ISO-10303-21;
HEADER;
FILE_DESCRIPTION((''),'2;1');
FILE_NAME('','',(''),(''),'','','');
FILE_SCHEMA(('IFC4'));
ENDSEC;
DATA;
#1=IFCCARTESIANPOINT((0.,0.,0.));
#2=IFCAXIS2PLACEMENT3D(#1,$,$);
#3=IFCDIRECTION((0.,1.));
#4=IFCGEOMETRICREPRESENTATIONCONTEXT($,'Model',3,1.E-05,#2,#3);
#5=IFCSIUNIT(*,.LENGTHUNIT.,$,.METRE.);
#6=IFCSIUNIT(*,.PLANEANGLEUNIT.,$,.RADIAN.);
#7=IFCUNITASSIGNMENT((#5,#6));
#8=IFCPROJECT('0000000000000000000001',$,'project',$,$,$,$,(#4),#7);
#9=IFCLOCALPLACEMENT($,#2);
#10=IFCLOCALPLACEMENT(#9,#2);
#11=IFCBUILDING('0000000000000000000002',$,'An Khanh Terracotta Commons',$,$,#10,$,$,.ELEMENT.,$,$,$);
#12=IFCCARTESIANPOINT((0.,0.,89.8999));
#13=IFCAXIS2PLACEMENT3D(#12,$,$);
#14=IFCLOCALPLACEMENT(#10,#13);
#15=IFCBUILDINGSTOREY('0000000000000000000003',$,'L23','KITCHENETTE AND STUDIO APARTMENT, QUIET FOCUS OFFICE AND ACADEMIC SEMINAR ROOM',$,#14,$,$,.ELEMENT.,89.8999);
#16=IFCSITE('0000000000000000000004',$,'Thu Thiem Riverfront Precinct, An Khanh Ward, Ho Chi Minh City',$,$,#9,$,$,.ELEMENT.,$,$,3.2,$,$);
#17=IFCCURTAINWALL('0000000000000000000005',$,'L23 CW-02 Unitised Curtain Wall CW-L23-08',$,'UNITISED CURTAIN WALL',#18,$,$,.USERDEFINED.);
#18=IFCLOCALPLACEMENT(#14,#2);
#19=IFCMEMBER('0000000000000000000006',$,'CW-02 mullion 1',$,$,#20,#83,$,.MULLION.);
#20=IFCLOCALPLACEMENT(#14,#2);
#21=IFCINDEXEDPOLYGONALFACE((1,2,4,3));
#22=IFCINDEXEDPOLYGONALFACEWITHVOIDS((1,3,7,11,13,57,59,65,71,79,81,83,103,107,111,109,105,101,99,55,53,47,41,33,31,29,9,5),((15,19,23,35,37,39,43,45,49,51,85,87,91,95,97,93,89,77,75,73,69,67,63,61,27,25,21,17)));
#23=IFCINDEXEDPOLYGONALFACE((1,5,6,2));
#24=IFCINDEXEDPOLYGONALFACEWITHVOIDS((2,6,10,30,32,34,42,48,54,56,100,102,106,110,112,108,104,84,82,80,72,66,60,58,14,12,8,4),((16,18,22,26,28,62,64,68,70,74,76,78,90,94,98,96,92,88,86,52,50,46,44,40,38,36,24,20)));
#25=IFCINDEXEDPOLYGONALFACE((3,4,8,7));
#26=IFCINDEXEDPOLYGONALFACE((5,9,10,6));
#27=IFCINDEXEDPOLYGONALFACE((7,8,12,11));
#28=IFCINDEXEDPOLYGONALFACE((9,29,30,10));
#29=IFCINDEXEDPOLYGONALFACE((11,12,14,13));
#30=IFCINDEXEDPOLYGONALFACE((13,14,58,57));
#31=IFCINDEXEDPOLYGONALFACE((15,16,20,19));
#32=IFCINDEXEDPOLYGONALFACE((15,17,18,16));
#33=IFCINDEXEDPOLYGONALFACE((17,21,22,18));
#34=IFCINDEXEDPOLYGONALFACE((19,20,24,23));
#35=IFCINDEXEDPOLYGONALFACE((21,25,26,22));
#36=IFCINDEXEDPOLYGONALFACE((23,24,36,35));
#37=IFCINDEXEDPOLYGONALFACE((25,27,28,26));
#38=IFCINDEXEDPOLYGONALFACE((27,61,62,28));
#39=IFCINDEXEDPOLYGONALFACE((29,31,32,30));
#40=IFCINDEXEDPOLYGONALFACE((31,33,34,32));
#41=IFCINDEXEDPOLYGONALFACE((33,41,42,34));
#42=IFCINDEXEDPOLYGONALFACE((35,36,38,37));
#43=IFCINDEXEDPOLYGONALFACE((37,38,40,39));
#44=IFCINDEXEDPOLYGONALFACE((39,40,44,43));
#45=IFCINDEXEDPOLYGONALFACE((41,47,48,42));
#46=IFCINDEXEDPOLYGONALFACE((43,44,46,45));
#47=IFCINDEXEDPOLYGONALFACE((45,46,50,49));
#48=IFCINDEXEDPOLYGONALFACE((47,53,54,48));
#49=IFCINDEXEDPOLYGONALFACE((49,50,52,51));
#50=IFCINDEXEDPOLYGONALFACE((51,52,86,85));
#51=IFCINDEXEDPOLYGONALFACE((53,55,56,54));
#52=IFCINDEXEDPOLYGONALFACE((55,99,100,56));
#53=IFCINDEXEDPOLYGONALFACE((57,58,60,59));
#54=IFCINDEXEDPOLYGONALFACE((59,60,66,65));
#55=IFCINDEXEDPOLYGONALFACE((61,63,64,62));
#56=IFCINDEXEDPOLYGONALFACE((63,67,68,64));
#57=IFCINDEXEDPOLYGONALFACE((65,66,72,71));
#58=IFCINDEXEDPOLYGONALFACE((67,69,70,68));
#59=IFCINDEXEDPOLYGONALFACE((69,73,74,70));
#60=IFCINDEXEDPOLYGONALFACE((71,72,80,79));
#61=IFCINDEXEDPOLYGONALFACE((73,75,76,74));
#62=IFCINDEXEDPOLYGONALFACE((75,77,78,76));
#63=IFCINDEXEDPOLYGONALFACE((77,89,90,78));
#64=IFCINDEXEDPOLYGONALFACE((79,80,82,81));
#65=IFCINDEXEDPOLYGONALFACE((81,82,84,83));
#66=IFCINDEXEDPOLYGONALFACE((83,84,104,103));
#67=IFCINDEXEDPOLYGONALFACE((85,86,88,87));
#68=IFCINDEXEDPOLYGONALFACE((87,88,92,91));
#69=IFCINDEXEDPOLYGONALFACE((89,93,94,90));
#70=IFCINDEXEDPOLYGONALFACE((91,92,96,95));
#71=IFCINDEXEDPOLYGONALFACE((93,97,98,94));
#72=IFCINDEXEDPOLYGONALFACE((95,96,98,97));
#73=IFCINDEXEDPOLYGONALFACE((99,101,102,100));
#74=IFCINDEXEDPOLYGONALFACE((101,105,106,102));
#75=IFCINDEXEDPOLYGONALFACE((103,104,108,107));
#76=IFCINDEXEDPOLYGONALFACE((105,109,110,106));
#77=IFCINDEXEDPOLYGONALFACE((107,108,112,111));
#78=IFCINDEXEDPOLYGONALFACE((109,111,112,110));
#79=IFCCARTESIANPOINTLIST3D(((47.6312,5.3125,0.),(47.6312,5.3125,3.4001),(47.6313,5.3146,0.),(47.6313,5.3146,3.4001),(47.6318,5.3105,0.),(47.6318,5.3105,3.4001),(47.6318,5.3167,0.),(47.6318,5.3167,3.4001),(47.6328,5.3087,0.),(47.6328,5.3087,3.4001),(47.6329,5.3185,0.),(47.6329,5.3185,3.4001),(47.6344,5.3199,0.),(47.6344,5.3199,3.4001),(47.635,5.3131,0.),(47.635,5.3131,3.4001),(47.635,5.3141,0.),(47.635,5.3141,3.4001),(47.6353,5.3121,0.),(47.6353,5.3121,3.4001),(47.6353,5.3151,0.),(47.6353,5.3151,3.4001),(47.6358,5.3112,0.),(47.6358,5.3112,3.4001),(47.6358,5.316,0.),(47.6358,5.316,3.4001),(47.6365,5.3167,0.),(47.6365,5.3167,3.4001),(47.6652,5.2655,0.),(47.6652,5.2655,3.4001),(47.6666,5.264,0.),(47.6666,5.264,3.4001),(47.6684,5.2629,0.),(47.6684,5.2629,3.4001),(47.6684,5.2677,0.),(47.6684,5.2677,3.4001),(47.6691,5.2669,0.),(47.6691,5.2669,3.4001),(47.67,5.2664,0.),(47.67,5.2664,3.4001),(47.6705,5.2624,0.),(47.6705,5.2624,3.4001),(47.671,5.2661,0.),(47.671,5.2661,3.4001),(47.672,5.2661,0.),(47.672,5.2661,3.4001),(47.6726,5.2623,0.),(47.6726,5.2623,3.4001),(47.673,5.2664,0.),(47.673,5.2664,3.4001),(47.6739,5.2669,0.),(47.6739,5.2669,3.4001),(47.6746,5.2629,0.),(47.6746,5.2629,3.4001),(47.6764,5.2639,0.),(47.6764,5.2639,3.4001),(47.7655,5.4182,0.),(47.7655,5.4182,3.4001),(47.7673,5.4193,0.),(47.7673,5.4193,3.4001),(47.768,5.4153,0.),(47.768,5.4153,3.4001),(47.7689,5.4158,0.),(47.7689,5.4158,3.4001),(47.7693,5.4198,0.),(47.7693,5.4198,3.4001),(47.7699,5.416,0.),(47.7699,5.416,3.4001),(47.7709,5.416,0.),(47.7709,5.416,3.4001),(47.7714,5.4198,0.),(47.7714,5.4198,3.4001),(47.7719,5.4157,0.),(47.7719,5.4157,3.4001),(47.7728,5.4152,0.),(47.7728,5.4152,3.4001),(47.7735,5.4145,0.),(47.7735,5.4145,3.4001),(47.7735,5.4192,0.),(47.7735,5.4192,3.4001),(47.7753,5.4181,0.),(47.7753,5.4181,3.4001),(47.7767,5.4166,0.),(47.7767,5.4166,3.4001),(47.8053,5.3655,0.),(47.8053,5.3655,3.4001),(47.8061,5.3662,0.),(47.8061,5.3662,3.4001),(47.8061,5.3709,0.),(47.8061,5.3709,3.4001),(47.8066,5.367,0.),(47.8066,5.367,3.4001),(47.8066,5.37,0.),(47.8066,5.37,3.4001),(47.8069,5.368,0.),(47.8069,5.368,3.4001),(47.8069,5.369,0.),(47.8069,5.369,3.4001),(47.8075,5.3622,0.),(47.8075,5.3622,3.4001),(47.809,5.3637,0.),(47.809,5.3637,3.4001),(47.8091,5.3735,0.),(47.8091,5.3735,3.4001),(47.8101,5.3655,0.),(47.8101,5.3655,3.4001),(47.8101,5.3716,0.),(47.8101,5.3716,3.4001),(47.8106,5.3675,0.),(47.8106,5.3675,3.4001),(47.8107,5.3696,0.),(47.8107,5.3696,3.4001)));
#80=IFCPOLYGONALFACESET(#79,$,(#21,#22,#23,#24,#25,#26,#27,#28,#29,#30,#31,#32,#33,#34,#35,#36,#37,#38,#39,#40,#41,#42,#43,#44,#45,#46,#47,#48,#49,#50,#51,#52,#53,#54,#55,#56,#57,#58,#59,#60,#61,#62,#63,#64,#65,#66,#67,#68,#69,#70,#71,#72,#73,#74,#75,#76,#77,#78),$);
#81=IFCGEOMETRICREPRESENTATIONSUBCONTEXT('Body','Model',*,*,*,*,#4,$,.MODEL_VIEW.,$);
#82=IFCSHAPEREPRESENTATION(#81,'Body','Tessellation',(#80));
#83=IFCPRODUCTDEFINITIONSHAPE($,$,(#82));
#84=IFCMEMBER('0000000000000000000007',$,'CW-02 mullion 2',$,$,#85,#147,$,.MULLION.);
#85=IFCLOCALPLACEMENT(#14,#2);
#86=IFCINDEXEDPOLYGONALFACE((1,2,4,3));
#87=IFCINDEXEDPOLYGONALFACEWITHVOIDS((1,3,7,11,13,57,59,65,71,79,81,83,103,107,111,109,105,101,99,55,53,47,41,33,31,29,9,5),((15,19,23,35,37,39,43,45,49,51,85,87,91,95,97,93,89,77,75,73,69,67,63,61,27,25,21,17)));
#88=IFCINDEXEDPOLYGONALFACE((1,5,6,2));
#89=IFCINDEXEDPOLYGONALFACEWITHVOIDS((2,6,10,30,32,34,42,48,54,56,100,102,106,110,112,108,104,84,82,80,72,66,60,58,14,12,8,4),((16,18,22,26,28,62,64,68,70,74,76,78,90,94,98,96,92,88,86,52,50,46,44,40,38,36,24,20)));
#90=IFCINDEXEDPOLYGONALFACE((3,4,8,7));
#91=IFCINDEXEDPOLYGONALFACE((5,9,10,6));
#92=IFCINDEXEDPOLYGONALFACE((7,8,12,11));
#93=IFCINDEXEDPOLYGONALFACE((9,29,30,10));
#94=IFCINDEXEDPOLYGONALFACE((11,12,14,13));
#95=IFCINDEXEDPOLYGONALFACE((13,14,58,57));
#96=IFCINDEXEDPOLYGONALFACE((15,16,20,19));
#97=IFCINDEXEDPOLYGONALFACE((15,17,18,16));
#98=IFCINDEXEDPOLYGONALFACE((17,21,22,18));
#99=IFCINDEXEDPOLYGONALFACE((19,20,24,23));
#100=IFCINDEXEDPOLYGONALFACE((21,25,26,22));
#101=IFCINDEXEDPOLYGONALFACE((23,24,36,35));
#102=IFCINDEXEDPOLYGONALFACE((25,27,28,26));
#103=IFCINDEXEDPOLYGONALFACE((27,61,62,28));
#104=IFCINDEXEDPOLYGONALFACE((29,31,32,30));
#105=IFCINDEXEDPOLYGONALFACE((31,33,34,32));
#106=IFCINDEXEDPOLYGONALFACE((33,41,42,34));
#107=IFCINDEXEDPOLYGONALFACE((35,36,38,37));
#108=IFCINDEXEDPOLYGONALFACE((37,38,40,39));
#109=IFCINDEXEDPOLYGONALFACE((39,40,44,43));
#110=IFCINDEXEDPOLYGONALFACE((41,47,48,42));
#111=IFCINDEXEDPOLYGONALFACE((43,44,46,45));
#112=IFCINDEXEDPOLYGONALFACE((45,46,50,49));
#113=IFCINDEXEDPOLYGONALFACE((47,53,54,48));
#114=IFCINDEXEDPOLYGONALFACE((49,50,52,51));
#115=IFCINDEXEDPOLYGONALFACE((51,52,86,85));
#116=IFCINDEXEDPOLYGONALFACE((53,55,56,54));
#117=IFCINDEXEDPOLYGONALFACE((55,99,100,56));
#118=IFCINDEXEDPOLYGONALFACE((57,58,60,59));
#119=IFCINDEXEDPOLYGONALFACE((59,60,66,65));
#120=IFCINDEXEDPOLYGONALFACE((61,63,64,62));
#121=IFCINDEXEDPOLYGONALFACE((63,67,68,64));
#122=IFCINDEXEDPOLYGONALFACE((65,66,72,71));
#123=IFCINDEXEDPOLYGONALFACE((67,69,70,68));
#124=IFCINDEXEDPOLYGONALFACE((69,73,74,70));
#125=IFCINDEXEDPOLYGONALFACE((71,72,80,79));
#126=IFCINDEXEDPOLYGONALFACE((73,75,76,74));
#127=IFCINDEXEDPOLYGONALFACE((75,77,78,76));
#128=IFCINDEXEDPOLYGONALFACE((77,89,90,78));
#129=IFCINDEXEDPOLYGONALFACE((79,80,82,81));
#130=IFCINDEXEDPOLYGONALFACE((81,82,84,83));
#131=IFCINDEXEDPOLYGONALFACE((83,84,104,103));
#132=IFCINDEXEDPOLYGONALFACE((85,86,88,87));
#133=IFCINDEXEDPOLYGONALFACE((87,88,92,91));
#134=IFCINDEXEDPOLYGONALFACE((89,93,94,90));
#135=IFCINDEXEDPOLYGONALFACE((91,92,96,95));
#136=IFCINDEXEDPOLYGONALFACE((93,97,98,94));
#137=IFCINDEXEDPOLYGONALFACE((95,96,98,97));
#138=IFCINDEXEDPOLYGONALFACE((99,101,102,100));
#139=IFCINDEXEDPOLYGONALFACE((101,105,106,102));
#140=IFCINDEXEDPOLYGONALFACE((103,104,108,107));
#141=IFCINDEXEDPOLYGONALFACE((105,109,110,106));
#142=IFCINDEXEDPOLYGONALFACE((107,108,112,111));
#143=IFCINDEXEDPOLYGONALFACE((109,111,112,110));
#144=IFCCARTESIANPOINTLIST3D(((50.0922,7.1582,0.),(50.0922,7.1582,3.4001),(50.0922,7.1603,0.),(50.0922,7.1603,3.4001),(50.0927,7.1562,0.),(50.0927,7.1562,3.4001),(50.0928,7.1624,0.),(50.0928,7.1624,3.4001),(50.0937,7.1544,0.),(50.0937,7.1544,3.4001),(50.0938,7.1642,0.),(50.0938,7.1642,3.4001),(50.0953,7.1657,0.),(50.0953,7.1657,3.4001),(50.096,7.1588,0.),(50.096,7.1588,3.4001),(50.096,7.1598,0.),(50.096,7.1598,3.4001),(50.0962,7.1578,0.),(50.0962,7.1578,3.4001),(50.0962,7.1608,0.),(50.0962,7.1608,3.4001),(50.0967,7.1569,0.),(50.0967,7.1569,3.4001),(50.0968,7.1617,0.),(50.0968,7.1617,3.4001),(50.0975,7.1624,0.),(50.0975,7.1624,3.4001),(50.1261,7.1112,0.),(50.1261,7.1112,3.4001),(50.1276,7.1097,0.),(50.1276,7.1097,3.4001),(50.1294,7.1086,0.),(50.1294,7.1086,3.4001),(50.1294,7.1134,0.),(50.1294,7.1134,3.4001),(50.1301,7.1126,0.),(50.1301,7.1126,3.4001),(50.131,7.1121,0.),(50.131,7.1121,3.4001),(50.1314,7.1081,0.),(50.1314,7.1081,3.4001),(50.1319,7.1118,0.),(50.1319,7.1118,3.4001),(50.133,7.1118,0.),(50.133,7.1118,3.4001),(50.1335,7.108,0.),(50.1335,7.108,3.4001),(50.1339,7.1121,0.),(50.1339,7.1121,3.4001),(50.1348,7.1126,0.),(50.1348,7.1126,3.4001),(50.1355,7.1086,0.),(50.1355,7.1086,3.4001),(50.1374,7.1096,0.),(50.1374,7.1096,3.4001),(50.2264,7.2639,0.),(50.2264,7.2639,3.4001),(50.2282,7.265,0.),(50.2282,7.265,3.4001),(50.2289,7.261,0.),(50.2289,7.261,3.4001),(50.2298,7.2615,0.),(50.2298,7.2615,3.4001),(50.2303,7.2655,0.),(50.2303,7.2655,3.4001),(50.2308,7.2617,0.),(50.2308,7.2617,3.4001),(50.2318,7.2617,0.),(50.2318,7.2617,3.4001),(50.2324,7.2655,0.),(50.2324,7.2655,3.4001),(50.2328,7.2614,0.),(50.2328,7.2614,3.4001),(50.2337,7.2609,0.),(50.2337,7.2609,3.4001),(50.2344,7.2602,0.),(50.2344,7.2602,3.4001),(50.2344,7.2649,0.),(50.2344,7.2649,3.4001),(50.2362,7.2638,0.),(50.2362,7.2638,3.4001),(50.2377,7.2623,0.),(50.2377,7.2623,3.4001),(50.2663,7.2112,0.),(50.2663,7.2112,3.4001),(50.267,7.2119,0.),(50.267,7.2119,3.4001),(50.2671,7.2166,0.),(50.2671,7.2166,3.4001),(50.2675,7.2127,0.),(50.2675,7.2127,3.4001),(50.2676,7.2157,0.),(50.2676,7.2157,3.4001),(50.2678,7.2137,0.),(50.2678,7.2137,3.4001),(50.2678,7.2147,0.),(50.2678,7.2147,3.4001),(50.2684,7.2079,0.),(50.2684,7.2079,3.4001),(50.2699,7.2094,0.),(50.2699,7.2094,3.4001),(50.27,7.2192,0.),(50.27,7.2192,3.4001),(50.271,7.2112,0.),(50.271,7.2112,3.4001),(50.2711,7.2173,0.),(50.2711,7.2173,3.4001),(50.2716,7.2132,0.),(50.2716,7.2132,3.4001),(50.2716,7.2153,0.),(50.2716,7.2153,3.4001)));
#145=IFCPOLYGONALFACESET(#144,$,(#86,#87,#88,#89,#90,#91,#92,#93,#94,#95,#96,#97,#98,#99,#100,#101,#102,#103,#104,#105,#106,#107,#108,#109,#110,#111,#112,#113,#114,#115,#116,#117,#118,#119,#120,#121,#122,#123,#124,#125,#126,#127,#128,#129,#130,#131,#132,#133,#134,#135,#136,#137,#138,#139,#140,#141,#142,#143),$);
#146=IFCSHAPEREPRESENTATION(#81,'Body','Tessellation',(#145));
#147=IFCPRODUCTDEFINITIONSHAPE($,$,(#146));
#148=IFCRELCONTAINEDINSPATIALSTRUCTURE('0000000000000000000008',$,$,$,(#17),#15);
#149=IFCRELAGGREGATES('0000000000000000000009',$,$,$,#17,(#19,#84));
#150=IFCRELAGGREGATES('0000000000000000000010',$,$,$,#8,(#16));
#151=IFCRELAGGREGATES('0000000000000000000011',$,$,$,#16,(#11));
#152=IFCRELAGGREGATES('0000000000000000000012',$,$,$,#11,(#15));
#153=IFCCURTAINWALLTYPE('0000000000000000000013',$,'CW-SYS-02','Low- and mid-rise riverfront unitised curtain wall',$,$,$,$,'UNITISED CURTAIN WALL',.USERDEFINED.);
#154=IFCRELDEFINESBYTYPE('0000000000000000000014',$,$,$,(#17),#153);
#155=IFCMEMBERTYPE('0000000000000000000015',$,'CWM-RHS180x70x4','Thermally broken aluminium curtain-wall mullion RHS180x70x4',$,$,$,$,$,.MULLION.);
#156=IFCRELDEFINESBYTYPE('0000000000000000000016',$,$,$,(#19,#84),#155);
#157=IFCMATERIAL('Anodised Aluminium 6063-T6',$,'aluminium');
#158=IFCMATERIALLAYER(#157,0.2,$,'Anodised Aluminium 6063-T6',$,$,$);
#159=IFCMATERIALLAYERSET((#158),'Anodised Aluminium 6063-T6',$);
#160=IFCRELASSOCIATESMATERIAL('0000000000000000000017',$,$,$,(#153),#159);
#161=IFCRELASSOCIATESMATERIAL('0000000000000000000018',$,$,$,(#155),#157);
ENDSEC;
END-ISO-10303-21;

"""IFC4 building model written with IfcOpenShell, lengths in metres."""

from ifc_helpers import new_model, si_unit, direction, frame, origin, origin_2d, place, context, subcontext, project, spatial, hollow_rectangle, extrude, material, layer, layer_set, material_profile, profile_set, type_object, element, aggregate, save


model = new_model("IFC4")

# Units and contexts
model_context = context("Model", 3, precision=1e-05, world=origin(), true_north=direction((0.0, 1.0)))
body_context = subcontext(model_context, "Body", "Model", "MODEL_VIEW")
ifc_project = project(units=[si_unit("LENGTHUNIT", "METRE"), si_unit("PLANEANGLEUNIT", "RADIAN")], contexts=[model_context])

# Site, building, storey
site_placement = place(None, origin())
site = spatial("IfcSite", under=ifc_project, at=site_placement, Name="Thu Thiem Riverfront Precinct, An Khanh Ward, Ho Chi Minh City", CompositionType="ELEMENT", RefElevation=3.2)
building_placement = place(site_placement, origin())
building = spatial("IfcBuilding", under=site, at=building_placement, Name="An Khanh Terracotta Commons", CompositionType="ELEMENT")
storey_placement = place(building_placement, frame((0.0, 0.0, 89.8999)))
storey = spatial("IfcBuildingStorey", under=building, at=storey_placement, Name="L23", Description="KITCHENETTE AND STUDIO APARTMENT, QUIET FOCUS OFFICE AND ACADEMIC SEMINAR ROOM", CompositionType="ELEMENT", Elevation=89.8999)

# Curtain wall, members
ifc_material_1 = material(Name="Anodised Aluminium 6063-T6", Category="aluminium")
ifc_layer_1 = layer(ifc_material_1, 0.2, Name="Anodised Aluminium 6063-T6")
ifc_layer_set_1 = layer_set([ifc_layer_1], Name="Anodised Aluminium 6063-T6")
curtain_wall_type = type_object("IfcCurtainWallType", Name="CW-SYS-02", Description="Low- and mid-rise riverfront unitised curtain wall", ElementType="UNITISED CURTAIN WALL", PredefinedType="USERDEFINED", material=ifc_layer_set_1)
curtain_wall_placement = place(storey_placement, origin())
curtain_wall = element("IfcCurtainWall", 1, at=curtain_wall_placement, inside=storey, type_object=curtain_wall_type, Name="L23 CW-02 Unitised Curtain Wall CW-L23-08", ObjectType="UNITISED CURTAIN WALL", PredefinedType="USERDEFINED")
ifc_material_profile_1 = material_profile(ifc_material_1, hollow_rectangle(XDim=0.0701, YDim=0.1799, WallThickness=0.0039, InnerFilletRadius=0.0039, OuterFilletRadius=0.0081, at=origin_2d()), Name="RHS180x70x4")
ifc_profile_set_1 = profile_set([ifc_material_profile_1], Name="Anodised Aluminium 6063-T6")
member_type_1 = type_object("IfcMemberType", Name="CWM-RHS180x70x4", Description="Thermally broken aluminium curtain-wall mullion RHS180x70x4", PredefinedType="MULLION", material=ifc_profile_set_1)
member_1_placement = place(storey_placement, frame((47.7209, 5.3411, 0.0), z_axis=(0.0, 0.0, 1.0), x_axis=(-0.599983, 0.800013, 0.0)))
member_1 = element("IfcMember", 2, at=member_1_placement, type_object=member_type_1, Name="CW-02 mullion 1", PredefinedType="MULLION", context=body_context, shape_type="SweptSolid", body=[
    extrude(hollow_rectangle(XDim=0.0701, YDim=0.1799, WallThickness=0.0039, InnerFilletRadius=0.0039, OuterFilletRadius=0.0081, at=origin_2d()), origin(), (0.0, 0.0, 1.0), 3.4001),
])
member_2_placement = place(storey_placement, frame((50.1819, 7.1868, 0.0), z_axis=(0.0, 0.0, 1.0), x_axis=(-0.599983, 0.800013, 0.0)))
member_2 = element("IfcMember", 3, at=member_2_placement, type_object=member_type_1, Name="CW-02 mullion 2", PredefinedType="MULLION", context=body_context, shape_type="SweptSolid", body=[
    extrude(hollow_rectangle(XDim=0.0701, YDim=0.1799, WallThickness=0.0039, InnerFilletRadius=0.0039, OuterFilletRadius=0.0081, at=origin_2d()), origin(), (0.0, 0.0, 1.0), 3.4001),
])
aggregate(curtain_wall, [member_1, member_2])

save(model, "model.ifc")
